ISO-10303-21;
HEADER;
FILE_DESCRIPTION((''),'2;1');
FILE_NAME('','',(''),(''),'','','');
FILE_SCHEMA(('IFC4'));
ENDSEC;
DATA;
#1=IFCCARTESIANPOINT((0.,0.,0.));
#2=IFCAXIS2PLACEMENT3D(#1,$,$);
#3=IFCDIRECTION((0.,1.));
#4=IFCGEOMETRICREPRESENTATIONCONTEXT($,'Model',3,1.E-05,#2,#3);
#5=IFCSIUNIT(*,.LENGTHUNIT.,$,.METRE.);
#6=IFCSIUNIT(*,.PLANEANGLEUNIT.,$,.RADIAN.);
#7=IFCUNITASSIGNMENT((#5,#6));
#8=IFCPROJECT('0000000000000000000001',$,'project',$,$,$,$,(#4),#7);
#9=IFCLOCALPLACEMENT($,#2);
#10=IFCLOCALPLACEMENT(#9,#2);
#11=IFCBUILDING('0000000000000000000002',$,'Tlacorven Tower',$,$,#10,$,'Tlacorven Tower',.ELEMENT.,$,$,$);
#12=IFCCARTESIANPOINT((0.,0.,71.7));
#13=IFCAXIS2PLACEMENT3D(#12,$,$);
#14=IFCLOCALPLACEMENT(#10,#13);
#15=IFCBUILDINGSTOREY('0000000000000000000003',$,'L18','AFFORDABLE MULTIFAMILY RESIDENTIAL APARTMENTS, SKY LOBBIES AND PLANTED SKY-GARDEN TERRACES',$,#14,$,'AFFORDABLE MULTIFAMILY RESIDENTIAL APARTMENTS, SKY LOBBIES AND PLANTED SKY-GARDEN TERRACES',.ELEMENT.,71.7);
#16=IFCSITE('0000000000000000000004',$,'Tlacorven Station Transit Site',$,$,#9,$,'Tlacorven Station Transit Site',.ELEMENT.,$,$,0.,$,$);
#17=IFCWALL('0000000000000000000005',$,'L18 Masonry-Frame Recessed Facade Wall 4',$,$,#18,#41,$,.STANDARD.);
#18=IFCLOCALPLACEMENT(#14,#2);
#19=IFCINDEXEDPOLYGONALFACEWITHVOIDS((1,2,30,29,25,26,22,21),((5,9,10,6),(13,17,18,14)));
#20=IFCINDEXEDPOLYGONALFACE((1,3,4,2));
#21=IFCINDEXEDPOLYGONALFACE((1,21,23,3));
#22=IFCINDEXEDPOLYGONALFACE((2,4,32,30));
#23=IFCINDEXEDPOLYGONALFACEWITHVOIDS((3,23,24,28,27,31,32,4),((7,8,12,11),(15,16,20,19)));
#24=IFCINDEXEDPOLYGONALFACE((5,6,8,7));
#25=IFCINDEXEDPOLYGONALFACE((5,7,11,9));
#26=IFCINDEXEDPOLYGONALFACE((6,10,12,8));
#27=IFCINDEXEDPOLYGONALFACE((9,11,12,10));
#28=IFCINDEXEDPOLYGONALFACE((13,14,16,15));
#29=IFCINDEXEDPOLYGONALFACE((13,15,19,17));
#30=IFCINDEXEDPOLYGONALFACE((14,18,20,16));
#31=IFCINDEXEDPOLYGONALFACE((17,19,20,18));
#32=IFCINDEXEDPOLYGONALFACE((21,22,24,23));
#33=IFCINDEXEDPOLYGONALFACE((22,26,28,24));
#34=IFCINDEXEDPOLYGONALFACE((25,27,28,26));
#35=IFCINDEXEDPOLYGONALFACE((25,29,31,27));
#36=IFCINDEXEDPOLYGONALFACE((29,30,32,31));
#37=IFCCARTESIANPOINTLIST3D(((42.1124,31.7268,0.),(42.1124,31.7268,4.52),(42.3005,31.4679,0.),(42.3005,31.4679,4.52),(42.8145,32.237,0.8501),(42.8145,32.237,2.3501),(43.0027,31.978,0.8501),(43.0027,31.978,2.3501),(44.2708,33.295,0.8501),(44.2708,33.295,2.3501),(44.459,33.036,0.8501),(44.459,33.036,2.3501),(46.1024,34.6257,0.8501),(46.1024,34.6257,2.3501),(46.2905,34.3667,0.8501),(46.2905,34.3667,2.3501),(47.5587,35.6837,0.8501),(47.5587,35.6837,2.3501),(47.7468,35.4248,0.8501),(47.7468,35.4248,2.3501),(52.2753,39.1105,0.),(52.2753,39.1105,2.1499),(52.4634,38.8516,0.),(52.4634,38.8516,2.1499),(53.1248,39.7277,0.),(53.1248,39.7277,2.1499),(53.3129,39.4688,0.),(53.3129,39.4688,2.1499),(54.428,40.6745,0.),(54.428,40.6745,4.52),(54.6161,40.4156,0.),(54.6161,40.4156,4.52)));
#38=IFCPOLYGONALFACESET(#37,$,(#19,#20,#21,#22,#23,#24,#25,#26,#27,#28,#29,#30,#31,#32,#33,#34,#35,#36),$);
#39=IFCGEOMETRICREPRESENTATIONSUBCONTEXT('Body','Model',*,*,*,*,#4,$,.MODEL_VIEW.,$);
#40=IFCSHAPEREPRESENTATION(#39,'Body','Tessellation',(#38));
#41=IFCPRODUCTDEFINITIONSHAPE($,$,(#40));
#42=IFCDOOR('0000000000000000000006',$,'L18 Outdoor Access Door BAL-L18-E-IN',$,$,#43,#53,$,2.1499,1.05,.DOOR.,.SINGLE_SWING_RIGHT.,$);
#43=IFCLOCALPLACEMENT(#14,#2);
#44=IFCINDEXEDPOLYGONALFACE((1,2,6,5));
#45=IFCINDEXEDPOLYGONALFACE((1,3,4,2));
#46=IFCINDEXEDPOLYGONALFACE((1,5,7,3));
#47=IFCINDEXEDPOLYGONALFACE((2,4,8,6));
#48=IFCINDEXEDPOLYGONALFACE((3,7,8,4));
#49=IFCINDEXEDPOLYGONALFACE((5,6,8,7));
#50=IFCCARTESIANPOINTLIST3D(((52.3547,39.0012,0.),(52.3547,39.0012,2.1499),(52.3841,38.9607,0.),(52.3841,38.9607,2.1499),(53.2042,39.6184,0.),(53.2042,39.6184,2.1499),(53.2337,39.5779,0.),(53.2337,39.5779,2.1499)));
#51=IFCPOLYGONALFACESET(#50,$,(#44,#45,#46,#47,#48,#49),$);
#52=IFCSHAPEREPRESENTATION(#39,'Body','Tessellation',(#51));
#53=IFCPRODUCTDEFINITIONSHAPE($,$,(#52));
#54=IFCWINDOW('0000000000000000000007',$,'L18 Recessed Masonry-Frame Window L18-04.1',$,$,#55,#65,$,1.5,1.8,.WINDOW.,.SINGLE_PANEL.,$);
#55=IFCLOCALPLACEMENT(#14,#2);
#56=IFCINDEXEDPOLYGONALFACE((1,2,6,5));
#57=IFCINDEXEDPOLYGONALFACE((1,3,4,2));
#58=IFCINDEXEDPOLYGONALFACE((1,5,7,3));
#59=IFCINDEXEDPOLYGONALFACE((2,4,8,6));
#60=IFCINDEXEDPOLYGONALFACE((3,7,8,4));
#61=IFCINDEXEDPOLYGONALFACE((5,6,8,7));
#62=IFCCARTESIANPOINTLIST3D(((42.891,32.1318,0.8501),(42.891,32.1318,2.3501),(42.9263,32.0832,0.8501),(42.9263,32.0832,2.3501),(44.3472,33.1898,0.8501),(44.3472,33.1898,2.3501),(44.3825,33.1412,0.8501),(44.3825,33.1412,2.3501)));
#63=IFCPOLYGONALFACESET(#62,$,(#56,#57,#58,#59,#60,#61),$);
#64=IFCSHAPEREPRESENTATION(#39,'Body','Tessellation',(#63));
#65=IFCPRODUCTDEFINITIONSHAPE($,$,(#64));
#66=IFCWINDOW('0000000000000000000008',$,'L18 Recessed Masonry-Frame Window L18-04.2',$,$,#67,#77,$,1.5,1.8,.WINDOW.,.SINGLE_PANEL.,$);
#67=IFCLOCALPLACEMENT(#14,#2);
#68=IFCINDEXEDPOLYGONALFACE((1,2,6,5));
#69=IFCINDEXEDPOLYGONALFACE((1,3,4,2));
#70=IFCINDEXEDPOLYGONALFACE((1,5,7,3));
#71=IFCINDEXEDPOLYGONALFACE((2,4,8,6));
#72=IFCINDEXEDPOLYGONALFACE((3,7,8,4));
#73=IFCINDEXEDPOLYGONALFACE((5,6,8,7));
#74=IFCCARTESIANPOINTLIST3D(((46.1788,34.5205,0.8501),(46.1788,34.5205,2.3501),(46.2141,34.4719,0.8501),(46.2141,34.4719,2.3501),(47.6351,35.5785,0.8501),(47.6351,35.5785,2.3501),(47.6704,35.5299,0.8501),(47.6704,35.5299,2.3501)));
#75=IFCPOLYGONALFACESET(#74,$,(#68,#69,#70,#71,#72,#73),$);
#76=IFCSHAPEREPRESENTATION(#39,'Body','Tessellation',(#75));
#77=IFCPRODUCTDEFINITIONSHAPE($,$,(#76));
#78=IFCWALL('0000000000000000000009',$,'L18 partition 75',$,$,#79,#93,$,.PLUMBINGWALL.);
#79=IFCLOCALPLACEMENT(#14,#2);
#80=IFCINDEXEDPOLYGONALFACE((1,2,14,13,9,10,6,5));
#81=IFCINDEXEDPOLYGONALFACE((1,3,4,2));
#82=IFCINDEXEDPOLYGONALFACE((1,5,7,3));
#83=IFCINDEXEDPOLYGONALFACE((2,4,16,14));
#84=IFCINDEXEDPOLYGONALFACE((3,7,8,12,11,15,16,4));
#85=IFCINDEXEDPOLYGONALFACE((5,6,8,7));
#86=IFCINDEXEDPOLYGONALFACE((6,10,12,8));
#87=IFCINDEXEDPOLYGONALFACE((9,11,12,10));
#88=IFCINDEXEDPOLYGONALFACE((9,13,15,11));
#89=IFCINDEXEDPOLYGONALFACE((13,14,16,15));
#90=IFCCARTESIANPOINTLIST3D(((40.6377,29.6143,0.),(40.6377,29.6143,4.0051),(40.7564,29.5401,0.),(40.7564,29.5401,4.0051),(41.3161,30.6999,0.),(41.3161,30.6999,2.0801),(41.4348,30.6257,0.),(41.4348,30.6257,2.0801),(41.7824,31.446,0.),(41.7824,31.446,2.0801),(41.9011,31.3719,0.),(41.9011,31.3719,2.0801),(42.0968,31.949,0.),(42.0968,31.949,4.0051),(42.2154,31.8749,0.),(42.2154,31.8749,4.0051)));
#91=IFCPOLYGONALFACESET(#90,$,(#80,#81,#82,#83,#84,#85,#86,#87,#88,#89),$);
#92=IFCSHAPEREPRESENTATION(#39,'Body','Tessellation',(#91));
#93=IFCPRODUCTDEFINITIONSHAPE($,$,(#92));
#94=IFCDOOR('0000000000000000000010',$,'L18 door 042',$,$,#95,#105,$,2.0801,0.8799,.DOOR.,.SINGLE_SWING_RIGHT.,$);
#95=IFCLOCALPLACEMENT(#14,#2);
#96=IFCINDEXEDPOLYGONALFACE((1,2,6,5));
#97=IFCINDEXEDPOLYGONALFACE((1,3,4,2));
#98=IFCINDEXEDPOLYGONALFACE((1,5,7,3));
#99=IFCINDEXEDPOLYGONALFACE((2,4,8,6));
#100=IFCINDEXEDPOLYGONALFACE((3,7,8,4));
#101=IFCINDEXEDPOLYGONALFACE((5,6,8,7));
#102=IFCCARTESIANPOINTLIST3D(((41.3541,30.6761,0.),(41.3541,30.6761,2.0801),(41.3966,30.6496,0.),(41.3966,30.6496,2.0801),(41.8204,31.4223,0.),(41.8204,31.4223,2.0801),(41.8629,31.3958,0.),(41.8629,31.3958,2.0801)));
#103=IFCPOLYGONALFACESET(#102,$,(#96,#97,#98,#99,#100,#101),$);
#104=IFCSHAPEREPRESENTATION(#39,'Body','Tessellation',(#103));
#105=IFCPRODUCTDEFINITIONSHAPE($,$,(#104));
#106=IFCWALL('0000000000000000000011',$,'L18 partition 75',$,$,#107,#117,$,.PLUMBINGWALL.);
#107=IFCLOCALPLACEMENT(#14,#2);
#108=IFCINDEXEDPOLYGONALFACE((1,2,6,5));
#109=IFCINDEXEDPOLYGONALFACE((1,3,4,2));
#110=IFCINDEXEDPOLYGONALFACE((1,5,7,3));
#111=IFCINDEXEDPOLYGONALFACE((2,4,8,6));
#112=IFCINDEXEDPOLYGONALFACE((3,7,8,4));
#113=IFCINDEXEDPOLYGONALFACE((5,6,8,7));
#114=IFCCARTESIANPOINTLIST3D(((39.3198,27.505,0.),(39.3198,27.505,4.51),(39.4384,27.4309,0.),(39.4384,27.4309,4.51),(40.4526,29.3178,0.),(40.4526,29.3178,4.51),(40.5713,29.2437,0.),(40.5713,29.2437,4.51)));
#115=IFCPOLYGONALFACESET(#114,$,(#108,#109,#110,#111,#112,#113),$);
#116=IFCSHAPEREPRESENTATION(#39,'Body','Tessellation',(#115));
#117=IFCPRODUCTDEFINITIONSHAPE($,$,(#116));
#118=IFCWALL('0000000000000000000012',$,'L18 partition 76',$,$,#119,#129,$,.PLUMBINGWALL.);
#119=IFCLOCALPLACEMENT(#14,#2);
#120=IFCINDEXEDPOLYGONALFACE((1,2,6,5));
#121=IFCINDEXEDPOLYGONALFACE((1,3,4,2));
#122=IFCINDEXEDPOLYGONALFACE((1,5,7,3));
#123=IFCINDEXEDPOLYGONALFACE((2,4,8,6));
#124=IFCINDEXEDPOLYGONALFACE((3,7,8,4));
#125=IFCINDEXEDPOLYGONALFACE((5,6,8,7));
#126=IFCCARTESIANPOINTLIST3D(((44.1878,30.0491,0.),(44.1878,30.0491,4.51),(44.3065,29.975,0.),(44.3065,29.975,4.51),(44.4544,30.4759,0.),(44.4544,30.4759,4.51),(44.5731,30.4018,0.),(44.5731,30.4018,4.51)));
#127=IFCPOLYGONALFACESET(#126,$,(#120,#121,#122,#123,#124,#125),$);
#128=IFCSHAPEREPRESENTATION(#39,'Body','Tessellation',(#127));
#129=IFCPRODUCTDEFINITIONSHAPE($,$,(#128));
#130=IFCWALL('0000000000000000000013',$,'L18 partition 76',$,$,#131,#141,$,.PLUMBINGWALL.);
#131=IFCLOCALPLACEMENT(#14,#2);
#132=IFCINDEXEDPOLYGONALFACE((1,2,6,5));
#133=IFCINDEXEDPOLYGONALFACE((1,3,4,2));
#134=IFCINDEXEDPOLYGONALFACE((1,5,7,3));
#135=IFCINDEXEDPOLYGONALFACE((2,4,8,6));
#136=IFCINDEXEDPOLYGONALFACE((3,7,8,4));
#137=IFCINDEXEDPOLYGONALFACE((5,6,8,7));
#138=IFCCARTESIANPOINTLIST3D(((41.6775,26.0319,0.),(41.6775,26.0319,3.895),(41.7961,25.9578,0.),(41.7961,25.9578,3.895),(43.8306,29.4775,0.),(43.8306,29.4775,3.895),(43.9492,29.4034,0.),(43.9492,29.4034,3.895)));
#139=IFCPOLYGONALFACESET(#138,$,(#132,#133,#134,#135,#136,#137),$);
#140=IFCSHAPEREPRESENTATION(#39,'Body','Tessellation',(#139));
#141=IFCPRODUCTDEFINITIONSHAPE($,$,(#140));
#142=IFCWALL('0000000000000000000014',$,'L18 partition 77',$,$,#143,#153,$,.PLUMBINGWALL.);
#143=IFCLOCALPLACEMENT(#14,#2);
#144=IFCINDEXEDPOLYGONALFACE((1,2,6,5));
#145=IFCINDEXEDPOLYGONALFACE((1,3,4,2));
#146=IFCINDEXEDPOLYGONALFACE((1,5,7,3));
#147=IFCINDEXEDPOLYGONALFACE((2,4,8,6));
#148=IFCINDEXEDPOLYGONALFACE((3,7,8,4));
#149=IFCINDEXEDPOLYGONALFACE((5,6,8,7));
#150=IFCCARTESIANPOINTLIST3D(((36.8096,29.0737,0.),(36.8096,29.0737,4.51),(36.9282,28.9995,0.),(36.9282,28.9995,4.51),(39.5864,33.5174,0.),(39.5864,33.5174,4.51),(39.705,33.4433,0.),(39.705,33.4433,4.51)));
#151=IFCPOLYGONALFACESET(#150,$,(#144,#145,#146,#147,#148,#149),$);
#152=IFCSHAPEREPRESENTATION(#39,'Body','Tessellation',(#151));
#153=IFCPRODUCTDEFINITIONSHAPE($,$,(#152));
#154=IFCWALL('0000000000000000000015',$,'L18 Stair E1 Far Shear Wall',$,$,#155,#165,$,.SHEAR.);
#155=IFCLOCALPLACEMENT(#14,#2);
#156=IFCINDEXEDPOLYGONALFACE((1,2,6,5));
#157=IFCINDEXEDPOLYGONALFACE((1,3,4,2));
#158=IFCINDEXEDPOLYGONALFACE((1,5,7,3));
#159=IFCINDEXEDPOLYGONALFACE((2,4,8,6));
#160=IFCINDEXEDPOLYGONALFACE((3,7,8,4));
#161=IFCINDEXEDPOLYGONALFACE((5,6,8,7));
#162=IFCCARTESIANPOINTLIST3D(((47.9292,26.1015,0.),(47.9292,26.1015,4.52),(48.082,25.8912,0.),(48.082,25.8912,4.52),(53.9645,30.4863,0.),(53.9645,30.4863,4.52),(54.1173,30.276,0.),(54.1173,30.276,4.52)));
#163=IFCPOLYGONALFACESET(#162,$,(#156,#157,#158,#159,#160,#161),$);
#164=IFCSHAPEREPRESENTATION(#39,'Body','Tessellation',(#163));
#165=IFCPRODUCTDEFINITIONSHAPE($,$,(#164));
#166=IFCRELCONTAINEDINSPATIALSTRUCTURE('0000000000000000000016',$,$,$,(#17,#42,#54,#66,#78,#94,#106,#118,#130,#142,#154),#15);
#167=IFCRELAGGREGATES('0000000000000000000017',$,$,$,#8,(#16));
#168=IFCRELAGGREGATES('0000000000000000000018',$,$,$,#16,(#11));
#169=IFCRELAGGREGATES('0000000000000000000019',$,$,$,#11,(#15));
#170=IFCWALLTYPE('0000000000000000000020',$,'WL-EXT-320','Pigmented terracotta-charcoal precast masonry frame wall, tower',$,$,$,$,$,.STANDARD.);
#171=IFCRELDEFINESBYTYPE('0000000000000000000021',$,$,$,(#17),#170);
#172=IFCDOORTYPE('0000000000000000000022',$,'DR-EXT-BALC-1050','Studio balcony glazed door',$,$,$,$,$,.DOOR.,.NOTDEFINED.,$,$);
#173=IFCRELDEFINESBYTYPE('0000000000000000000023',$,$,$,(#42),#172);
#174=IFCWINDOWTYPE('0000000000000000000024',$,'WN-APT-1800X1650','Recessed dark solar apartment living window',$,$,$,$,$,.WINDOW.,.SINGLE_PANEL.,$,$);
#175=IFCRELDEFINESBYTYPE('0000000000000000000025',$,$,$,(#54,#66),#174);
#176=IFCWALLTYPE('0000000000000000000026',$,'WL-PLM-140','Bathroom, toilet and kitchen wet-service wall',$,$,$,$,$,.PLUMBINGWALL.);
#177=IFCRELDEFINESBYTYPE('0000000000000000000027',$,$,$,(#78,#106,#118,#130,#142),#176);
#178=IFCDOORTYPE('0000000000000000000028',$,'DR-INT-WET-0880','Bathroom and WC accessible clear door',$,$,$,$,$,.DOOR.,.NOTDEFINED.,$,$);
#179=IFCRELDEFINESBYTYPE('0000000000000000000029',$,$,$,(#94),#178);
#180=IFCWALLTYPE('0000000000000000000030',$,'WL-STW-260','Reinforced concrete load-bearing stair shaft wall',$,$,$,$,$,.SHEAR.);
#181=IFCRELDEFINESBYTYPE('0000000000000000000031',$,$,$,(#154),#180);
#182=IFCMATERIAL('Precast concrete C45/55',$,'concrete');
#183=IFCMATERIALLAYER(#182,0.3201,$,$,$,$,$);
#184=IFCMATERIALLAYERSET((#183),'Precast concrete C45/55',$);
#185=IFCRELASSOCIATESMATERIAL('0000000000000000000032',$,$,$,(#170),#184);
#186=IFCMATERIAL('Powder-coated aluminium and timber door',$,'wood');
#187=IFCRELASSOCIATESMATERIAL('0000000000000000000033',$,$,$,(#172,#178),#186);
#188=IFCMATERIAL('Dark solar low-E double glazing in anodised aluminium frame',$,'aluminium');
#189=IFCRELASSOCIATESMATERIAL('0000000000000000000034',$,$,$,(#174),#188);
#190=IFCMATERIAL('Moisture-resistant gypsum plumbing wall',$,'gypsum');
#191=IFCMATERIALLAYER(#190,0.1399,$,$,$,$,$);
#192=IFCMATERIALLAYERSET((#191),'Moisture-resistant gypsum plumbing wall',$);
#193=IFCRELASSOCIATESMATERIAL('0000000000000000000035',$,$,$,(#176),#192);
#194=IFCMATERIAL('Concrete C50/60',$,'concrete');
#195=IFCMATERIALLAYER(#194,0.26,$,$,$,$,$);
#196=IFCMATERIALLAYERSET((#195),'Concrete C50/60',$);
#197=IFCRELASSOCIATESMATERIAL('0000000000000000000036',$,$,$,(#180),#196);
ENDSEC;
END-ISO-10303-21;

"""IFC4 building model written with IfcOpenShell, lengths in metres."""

from ifc_helpers import new_model, si_unit, direction, frame, frame_2d, origin, place, context, subcontext, project, spatial, rectangle, extrude, source, transform, mapped, material, layer, layer_set, type_object, element, fill, save


model = new_model("IFC4")

# Units and contexts
model_context = context("Model", 3, precision=1e-05, world=origin(), true_north=direction((0.0, 1.0)))
body_context = subcontext(model_context, "Body", "Model", "MODEL_VIEW")
ifc_project = project(units=[si_unit("LENGTHUNIT", "METRE"), si_unit("PLANEANGLEUNIT", "RADIAN")], contexts=[model_context])

# Site, building, storey
site_placement = place(None, origin())
site = spatial("IfcSite", under=ifc_project, at=site_placement, Name="Tlacorven Station Transit Site", LongName="Tlacorven Station Transit Site", CompositionType="ELEMENT", RefElevation=0.0)
building_placement = place(site_placement, origin())
building = spatial("IfcBuilding", under=site, at=building_placement, Name="Tlacorven Tower", LongName="Tlacorven Tower", CompositionType="ELEMENT")
storey_placement = place(building_placement, frame((0.0, 0.0, 71.7)))
storey = spatial("IfcBuildingStorey", under=building, at=storey_placement, Name="L18", Description="AFFORDABLE MULTIFAMILY RESIDENTIAL APARTMENTS, SKY LOBBIES AND PLANTED SKY-GARDEN TERRACES", LongName="AFFORDABLE MULTIFAMILY RESIDENTIAL APARTMENTS, SKY LOBBIES AND PLANTED SKY-GARDEN TERRACES", CompositionType="ELEMENT", Elevation=71.7)

# Shared definitions
ifc_material_1 = material(Name="Powder-coated aluminium and timber door", Category="wood")

# Wall, openings, door, windows
ifc_material_2 = material(Name="Precast concrete C45/55", Category="concrete")
ifc_layer_1 = layer(ifc_material_2, 0.3201)
ifc_layer_set_1 = layer_set([ifc_layer_1], Name="Precast concrete C45/55")
wall_type_1 = type_object("IfcWallType", Name="WL-EXT-320", Description="Pigmented terracotta-charcoal precast masonry frame wall, tower", PredefinedType="STANDARD", material=ifc_layer_set_1)
wall_1_placement = place(storey_placement, frame((42.2065, 31.5974, 0.0), z_axis=(0.0, 0.0, 1.0), x_axis=(0.80902, 0.587781, 0.0)))
wall_1 = element("IfcWall", 1, at=wall_1_placement, inside=storey, type_object=wall_type_1, Name="L18 Masonry-Frame Recessed Facade Wall 4", PredefinedType="STANDARD", context=body_context, shape_type="SweptSolid", body=[
    extrude(rectangle(XDim=15.2229, YDim=0.3201, at=frame_2d((7.6113, 0.0))), origin(), (0.0, 0.0, 1.0), 4.52),
])
opening_1_placement = place(wall_1_placement, frame((12.562, 0.0, 0.0)))
opening_1 = element("IfcOpeningElement", 2, at=opening_1_placement, cuts=wall_1, PredefinedType="OPENING", context=body_context, shape_type="SweptSolid", body=[
    extrude(rectangle(XDim=1.05, YDim=2.1499, at=frame_2d((0.5249, 1.075))), frame((0.0, 0.1699, 0.0), z_axis=(0.0, -1.0, 0.0), x_axis=(1.0, 0.0, 0.0)), (0.0, 0.0, 1.0), 0.3401),
])
opening_2_placement = place(wall_1_placement, frame((0.8679, 0.0, 0.8501)))
opening_2 = element("IfcOpeningElement", 3, at=opening_2_placement, cuts=wall_1, PredefinedType="OPENING", context=body_context, shape_type="SweptSolid", body=[
    extrude(rectangle(XDim=1.8, YDim=1.5, at=frame_2d((0.8999, 0.75))), frame((0.0, 0.1699, 0.0), z_axis=(0.0, -1.0, 0.0), x_axis=(1.0, 0.0, 0.0)), (0.0, 0.0, 1.0), 0.3401),
])
opening_3_placement = place(wall_1_placement, frame((4.9319, 0.0, 0.8501)))
opening_3 = element("IfcOpeningElement", 4, at=opening_3_placement, cuts=wall_1, PredefinedType="OPENING", context=body_context, shape_type="SweptSolid", body=[
    extrude(rectangle(XDim=1.8, YDim=1.5, at=frame_2d((0.8999, 0.75))), frame((0.0, 0.1699, 0.0), z_axis=(0.0, -1.0, 0.0), x_axis=(1.0, 0.0, 0.0)), (0.0, 0.0, 1.0), 0.3401),
])
door_type_1 = type_object("IfcDoorType", Name="DR-EXT-BALC-1050", Description="Studio balcony glazed door", OperationType="NOTDEFINED", PredefinedType="DOOR", material=ifc_material_1)
shared_shape_1 = source(origin(), body_context, "Body", "SweptSolid", [
    extrude(rectangle(XDim=1.05, YDim=2.1499, at=frame_2d((0.5249, 1.075))), frame((0.0, 0.0249, 0.0), z_axis=(0.0, -1.0, 0.0), x_axis=(1.0, 0.0, 0.0)), (0.0, 0.0, 1.0), 0.05),
])
door_1_placement = place(opening_1_placement, origin())
door_1 = element("IfcDoor", 5, at=door_1_placement, inside=storey, type_object=door_type_1, Name="L18 Outdoor Access Door BAL-L18-E-IN", OperationType="SINGLE_SWING_RIGHT", OverallHeight=2.1499, OverallWidth=1.05, PredefinedType="DOOR", context=body_context, shape_type="MappedRepresentation", body=[
    mapped(shared_shape_1, transform((0.0, 0.0, 0.0), scale=1.0)),
])
fill(opening_1, door_1)
ifc_material_3 = material(Name="Dark solar low-E double glazing in anodised aluminium frame", Category="aluminium")
window_type = type_object("IfcWindowType", Name="WN-APT-1800X1650", Description="Recessed dark solar apartment living window", PartitioningType="SINGLE_PANEL", PredefinedType="WINDOW", material=ifc_material_3)
shared_shape_2 = source(origin(), body_context, "Body", "SweptSolid", [
    extrude(rectangle(XDim=1.8, YDim=1.5, at=frame_2d((0.8999, 0.75))), frame((0.0, 0.03, 0.0), z_axis=(0.0, -1.0, 0.0), x_axis=(1.0, 0.0, 0.0)), (0.0, 0.0, 1.0), 0.0601),
])
window_1_placement = place(opening_2_placement, origin())
window_1 = element("IfcWindow", 6, at=window_1_placement, inside=storey, type_object=window_type, Name="L18 Recessed Masonry-Frame Window L18-04.1", OverallHeight=1.5, OverallWidth=1.8, PartitioningType="SINGLE_PANEL", PredefinedType="WINDOW", context=body_context, shape_type="MappedRepresentation", body=[
    mapped(shared_shape_2, transform((0.0, 0.0, 0.0), scale=1.0)),
])
fill(opening_2, window_1)
window_2_placement = place(opening_3_placement, origin())
window_2 = element("IfcWindow", 7, at=window_2_placement, inside=storey, type_object=window_type, Name="L18 Recessed Masonry-Frame Window L18-04.2", OverallHeight=1.5, OverallWidth=1.8, PartitioningType="SINGLE_PANEL", PredefinedType="WINDOW", context=body_context, shape_type="MappedRepresentation", body=[
    mapped(shared_shape_2, transform((0.0, 0.0, 0.0), scale=1.0)),
])
fill(opening_3, window_2)

# Wall, opening, door
ifc_material_4 = material(Name="Moisture-resistant gypsum plumbing wall", Category="gypsum")
ifc_layer_2 = layer(ifc_material_4, 0.1399)
ifc_layer_set_2 = layer_set([ifc_layer_2], Name="Moisture-resistant gypsum plumbing wall")
wall_type_2 = type_object("IfcWallType", Name="WL-PLM-140", Description="Bathroom, toilet and kitchen wet-service wall", PredefinedType="PLUMBINGWALL", material=ifc_layer_set_2)
wall_2_placement = place(storey_placement, frame((42.156, 31.9119, 0.0), z_axis=(0.0, 0.0, 1.0), x_axis=(-0.529943, -0.848033, 0.0)))
wall_2 = element("IfcWall", 8, at=wall_2_placement, inside=storey, type_object=wall_type_2, Name="L18 partition 75", PredefinedType="PLUMBINGWALL", context=body_context, shape_type="SweptSolid", body=[
    extrude(rectangle(XDim=2.7532, YDim=0.1399, at=frame_2d((1.3765, 0.0))), origin(), (0.0, 0.0, 1.0), 4.0051),
])
opening_4_placement = place(wall_2_placement, frame((0.593, 0.0, 0.0)))
opening_4 = element("IfcOpeningElement", 9, at=opening_4_placement, cuts=wall_2, PredefinedType="OPENING", context=body_context, shape_type="SweptSolid", body=[
    extrude(rectangle(XDim=0.8799, YDim=2.0801, at=frame_2d((0.4399, 1.04))), frame((0.0, 0.0801, 0.0), z_axis=(0.0, -1.0, 0.0), x_axis=(1.0, 0.0, 0.0)), (0.0, 0.0, 1.0), 0.1599),
])
door_type_2 = type_object("IfcDoorType", Name="DR-INT-WET-0880", Description="Bathroom and WC accessible clear door", OperationType="NOTDEFINED", PredefinedType="DOOR", material=ifc_material_1)
shared_shape_3 = source(origin(), body_context, "Body", "SweptSolid", [
    extrude(rectangle(XDim=0.8799, YDim=2.0801, at=frame_2d((0.4399, 1.04))), frame((0.0, 0.0249, 0.0), z_axis=(0.0, -1.0, 0.0), x_axis=(1.0, 0.0, 0.0)), (0.0, 0.0, 1.0), 0.05),
])
door_2_placement = place(opening_4_placement, origin())
door_2 = element("IfcDoor", 10, at=door_2_placement, inside=storey, type_object=door_type_2, Name="L18 door 042", OperationType="SINGLE_SWING_RIGHT", OverallHeight=2.0801, OverallWidth=0.8799, PredefinedType="DOOR", context=body_context, shape_type="MappedRepresentation", body=[
    mapped(shared_shape_3, transform((0.0, 0.0, 0.0), scale=1.0)),
])
fill(opening_4, door_2)

# Walls
wall_3_placement = place(storey_placement, frame((40.512, 29.2808, 0.0), z_axis=(0.0, 0.0, 1.0), x_axis=(-0.529948, -0.84803, 0.0)))
element("IfcWall", 11, at=wall_3_placement, inside=storey, type_object=wall_type_2, Name="L18 partition 75", PredefinedType="PLUMBINGWALL", context=body_context, shape_type="SweptSolid", body=[
    extrude(rectangle(XDim=2.1377, YDim=0.1399, at=frame_2d((1.0688, 0.0))), origin(), (0.0, 0.0, 1.0), 4.51),
])
wall_4_placement = place(storey_placement, frame((44.5137, 30.4387, 0.0), z_axis=(0.0, 0.0, 1.0), x_axis=(-0.529824, -0.848107, 0.0)))
element("IfcWall", 12, at=wall_4_placement, inside=storey, type_object=wall_type_2, Name="L18 partition 76", PredefinedType="PLUMBINGWALL", context=body_context, shape_type="SweptSolid", body=[
    extrude(rectangle(XDim=0.5032, YDim=0.1399, at=frame_2d((0.2515, 0.0))), origin(), (0.0, 0.0, 1.0), 4.51),
])
wall_5_placement = place(storey_placement, frame((43.8899, 29.4404, 0.0), z_axis=(0.0, 0.0, 1.0), x_axis=(-0.529929, -0.848042, 0.0)))
element("IfcWall", 13, at=wall_5_placement, inside=storey, type_object=wall_type_2, Name="L18 partition 76", PredefinedType="PLUMBINGWALL", context=body_context, shape_type="SweptSolid", body=[
    extrude(rectangle(XDim=4.063, YDim=0.1399, at=frame_2d((2.0315, 0.0))), origin(), (0.0, 0.0, 1.0), 3.895),
])
wall_6_placement = place(storey_placement, frame((39.6458, 33.4805, 0.0), z_axis=(0.0, 0.0, 1.0), x_axis=(-0.529924, -0.848045, 0.0)))
element("IfcWall", 14, at=wall_6_placement, inside=storey, type_object=wall_type_2, Name="L18 partition 77", PredefinedType="PLUMBINGWALL", context=body_context, shape_type="SweptSolid", body=[
    extrude(rectangle(XDim=5.24, YDim=0.1399, at=frame_2d((2.6201, 0.0))), origin(), (0.0, 0.0, 1.0), 4.51),
])
ifc_material_5 = material(Name="Concrete C50/60", Category="concrete")
ifc_layer_3 = layer(ifc_material_5, 0.26)
ifc_layer_set_3 = layer_set([ifc_layer_3], Name="Concrete C50/60")
wall_type_3 = type_object("IfcWallType", Name="WL-STW-260", Description="Reinforced concrete load-bearing stair shaft wall", PredefinedType="SHEAR", material=ifc_layer_set_3)
wall_7_placement = place(storey_placement, frame((48.0056, 25.9963, 0.0), z_axis=(0.0, 0.0, 1.0), x_axis=(0.809019, 0.587782, 0.0)))
element("IfcWall", 15, at=wall_7_placement, inside=storey, type_object=wall_type_3, Name="L18 Stair E1 Far Shear Wall", PredefinedType="SHEAR", context=body_context, shape_type="SweptSolid", body=[
    extrude(rectangle(XDim=7.46, YDim=0.26, at=frame_2d((3.73, 0.0))), origin(), (0.0, 0.0, 1.0), 4.52),
])

save(model, "model.ifc")
